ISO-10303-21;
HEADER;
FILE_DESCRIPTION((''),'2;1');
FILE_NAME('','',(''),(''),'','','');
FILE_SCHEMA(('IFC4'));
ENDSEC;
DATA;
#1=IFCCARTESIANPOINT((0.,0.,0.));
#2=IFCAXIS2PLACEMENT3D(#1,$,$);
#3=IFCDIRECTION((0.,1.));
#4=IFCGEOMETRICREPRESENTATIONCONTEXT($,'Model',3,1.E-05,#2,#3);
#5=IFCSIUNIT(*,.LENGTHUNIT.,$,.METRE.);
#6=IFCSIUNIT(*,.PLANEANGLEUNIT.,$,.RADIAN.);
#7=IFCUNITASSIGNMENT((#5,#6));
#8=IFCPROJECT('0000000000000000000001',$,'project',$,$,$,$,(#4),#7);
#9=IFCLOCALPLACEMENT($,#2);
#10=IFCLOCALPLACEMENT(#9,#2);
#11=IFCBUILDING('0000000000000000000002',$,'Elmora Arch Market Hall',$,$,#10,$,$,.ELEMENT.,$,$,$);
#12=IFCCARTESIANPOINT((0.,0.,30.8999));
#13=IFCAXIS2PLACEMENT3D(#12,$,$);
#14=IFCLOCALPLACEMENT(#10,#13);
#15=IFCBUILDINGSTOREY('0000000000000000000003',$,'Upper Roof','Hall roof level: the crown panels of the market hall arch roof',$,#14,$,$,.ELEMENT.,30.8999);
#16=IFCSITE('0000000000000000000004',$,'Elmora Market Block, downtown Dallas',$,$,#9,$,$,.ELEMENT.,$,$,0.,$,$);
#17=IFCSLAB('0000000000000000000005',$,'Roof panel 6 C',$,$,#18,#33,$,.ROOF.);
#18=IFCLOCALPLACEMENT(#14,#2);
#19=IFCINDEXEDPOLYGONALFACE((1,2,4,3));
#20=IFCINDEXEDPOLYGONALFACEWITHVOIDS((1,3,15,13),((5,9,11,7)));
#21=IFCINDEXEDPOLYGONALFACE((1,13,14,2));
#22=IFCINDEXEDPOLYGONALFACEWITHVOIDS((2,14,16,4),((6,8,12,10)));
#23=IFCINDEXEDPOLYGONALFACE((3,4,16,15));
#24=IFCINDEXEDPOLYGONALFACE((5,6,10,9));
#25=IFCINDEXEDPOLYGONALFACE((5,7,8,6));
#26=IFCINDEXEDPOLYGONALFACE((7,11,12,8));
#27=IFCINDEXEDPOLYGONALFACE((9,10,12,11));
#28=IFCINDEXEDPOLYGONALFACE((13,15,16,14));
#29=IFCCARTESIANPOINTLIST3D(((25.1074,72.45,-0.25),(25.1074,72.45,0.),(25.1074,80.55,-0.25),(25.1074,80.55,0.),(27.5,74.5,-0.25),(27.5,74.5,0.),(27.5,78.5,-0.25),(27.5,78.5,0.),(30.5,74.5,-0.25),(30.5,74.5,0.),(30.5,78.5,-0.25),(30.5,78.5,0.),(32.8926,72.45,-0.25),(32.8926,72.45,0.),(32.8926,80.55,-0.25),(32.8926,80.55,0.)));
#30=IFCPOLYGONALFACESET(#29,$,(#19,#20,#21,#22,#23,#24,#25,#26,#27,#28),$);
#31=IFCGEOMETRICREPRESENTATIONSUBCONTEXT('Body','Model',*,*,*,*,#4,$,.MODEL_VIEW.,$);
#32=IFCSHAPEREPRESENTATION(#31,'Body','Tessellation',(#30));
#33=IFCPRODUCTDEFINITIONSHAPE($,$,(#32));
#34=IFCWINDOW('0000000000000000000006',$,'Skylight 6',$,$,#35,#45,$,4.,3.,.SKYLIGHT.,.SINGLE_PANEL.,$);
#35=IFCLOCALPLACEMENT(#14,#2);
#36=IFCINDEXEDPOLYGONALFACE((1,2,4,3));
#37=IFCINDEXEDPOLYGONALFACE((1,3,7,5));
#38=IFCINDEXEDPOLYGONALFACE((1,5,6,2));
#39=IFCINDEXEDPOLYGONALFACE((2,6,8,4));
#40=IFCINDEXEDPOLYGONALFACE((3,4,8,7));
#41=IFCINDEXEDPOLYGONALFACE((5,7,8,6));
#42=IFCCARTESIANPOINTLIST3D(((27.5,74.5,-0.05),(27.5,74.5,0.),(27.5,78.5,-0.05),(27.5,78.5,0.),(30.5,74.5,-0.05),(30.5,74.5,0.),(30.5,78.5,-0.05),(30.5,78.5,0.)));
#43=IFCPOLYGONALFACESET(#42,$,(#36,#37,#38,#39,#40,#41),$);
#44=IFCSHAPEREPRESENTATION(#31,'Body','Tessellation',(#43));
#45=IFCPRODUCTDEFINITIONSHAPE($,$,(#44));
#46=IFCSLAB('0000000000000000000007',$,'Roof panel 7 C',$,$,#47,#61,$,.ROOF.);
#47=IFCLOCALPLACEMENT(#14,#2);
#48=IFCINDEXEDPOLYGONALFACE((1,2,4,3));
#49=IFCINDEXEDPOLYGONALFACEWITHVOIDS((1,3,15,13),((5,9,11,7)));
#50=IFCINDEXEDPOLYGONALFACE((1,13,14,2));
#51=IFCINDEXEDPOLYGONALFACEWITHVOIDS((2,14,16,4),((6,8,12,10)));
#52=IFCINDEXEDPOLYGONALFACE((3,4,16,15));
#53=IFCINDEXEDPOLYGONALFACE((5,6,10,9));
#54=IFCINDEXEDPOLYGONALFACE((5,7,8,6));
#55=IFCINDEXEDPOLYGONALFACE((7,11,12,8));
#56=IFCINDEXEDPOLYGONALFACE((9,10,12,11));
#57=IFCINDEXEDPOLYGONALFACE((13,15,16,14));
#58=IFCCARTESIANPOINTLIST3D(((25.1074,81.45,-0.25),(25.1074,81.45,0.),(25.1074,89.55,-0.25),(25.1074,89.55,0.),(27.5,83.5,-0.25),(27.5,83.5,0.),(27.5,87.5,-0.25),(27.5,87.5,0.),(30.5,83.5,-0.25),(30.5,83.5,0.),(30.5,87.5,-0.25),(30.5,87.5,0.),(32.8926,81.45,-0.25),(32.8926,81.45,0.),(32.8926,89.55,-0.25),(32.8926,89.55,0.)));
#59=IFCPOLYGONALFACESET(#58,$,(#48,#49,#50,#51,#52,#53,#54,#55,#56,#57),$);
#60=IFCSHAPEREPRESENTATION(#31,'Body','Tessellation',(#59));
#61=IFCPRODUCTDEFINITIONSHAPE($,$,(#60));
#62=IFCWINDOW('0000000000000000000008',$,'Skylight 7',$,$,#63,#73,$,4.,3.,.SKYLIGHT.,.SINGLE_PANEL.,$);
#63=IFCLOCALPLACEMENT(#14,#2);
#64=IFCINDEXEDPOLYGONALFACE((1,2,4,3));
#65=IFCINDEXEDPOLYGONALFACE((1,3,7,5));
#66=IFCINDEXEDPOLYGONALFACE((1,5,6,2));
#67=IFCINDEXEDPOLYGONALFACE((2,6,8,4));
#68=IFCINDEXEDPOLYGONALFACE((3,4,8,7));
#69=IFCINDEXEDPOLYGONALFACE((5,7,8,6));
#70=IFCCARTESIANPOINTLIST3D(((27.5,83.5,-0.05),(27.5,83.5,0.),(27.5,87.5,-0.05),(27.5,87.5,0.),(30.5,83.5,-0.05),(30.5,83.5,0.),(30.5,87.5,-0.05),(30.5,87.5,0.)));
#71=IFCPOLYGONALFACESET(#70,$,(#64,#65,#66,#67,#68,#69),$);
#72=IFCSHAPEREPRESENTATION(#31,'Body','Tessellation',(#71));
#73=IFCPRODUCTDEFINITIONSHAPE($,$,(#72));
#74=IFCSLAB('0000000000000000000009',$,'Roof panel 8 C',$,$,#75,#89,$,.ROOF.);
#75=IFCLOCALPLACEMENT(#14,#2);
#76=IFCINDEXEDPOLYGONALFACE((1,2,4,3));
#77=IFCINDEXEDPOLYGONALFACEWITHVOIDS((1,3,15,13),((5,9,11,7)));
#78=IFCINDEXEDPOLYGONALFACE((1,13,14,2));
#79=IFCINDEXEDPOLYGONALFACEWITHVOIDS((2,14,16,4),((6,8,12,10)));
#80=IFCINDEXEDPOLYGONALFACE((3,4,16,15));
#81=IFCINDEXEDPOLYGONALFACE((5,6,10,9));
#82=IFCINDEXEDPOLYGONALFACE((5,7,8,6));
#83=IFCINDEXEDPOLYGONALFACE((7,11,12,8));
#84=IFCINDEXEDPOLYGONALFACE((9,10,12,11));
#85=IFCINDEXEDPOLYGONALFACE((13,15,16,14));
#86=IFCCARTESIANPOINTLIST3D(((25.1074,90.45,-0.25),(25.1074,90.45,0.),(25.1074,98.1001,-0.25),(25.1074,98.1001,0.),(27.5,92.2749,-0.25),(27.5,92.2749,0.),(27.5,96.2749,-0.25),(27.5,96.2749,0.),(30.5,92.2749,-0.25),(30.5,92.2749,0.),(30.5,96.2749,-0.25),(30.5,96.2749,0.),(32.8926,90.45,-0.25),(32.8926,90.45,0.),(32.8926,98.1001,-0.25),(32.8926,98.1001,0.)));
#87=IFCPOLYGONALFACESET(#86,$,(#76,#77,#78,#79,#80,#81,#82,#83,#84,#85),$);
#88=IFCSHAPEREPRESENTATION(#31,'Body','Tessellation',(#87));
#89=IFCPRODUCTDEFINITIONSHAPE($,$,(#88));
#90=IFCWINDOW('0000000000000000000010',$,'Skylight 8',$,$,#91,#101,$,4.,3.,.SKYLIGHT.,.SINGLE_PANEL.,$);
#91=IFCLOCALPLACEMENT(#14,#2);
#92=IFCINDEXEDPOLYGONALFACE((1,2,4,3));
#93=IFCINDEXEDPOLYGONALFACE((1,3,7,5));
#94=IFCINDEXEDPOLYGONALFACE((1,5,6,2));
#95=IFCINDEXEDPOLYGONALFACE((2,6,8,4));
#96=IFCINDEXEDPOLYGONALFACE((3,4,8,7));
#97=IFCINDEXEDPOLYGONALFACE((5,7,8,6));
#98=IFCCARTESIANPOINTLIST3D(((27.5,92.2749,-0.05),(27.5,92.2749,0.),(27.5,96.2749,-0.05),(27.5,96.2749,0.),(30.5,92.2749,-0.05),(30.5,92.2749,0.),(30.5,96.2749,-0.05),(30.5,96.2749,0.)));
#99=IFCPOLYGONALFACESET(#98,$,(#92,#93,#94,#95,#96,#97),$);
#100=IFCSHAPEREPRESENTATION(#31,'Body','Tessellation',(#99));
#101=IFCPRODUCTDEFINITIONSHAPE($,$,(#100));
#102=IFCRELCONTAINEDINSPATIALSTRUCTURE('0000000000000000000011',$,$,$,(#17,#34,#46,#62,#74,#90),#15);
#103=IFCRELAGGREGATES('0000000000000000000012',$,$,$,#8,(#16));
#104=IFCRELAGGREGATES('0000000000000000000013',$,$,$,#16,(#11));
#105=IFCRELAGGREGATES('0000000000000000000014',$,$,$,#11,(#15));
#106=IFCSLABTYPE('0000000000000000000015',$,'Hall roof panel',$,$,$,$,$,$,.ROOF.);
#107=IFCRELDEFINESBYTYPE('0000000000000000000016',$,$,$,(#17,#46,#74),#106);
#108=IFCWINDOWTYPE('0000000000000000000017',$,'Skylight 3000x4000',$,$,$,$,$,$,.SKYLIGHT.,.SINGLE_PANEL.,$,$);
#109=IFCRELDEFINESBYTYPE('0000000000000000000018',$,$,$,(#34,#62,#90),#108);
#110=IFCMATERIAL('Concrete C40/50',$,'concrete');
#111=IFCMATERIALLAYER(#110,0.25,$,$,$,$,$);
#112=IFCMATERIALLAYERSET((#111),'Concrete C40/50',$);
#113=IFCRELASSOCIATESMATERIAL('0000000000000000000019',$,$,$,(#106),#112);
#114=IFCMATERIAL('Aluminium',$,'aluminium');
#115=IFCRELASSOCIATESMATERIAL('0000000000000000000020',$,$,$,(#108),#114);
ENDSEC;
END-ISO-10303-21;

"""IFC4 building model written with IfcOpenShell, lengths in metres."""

from ifc_helpers import new_model, si_unit, direction, frame, origin, origin_2d, place, context, subcontext, project, spatial, polyline, rectangle, outline, extrude, material, layer, layer_set, type_object, element, fill, save


model = new_model("IFC4")

# Units and contexts
model_context = context("Model", 3, precision=1e-05, world=origin(), true_north=direction((0.0, 1.0)))
body_context = subcontext(model_context, "Body", "Model", "MODEL_VIEW")
ifc_project = project(units=[si_unit("LENGTHUNIT", "METRE"), si_unit("PLANEANGLEUNIT", "RADIAN")], contexts=[model_context])

# Site, building, storey
site_placement = place(None, origin())
site = spatial("IfcSite", under=ifc_project, at=site_placement, Name="Elmora Market Block, downtown Dallas", CompositionType="ELEMENT", RefElevation=0.0)
building_placement = place(site_placement, origin())
building = spatial("IfcBuilding", under=site, at=building_placement, Name="Elmora Arch Market Hall", CompositionType="ELEMENT")
storey_placement = place(building_placement, frame((0.0, 0.0, 30.8999)))
storey = spatial("IfcBuildingStorey", under=building, at=storey_placement, Name="Upper Roof", Description="Hall roof level: the crown panels of the market hall arch roof", CompositionType="ELEMENT", Elevation=30.8999)

# Slabs, openings, windows
ifc_material_1 = material(Name="Concrete C40/50", Category="concrete")
ifc_layer = layer(ifc_material_1, 0.25)
ifc_layer_set = layer_set([ifc_layer], Name="Concrete C40/50")
slab_type = type_object("IfcSlabType", Name="Hall roof panel", PredefinedType="ROOF", material=ifc_layer_set)
ifc_material_2 = material(Name="Aluminium", Category="aluminium")
window_type = type_object("IfcWindowType", Name="Skylight 3000x4000", PartitioningType="SINGLE_PANEL", PredefinedType="SKYLIGHT", material=ifc_material_2)
slab_1_placement = place(storey_placement, frame((0.0, 0.0, -0.25)))
slab_1 = element("IfcSlab", 1, at=slab_1_placement, inside=storey, type_object=slab_type, Name="Roof panel 6 C", PredefinedType="ROOF", context=body_context, shape_type="SweptSolid", body=[
    extrude(outline(polyline([(25.1074, 72.45), (32.8926, 72.45), (32.8926, 80.55), (25.1074, 80.55), (25.1074, 72.45)])), origin(), (0.0, 0.0, 1.0), 0.25),
])
opening_1_placement = place(slab_1_placement, frame((29.0, 76.5, 0.0)))
opening_1 = element("IfcOpeningElement", 2, at=opening_1_placement, cuts=slab_1, PredefinedType="OPENING", context=body_context, shape_type="SweptSolid", body=[
    extrude(rectangle(XDim=3.0, YDim=4.0, at=origin_2d()), origin(), (0.0, 0.0, 1.0), 0.25),
])
window_1_placement = place(opening_1_placement, frame((0.0, 0.0, 0.2)))
window_1 = element("IfcWindow", 3, at=window_1_placement, inside=storey, type_object=window_type, Name="Skylight 6", OverallHeight=4.0, OverallWidth=3.0, PartitioningType="SINGLE_PANEL", PredefinedType="SKYLIGHT", context=body_context, shape_type="SweptSolid", body=[
    extrude(rectangle(XDim=3.0, YDim=4.0, at=origin_2d()), origin(), (0.0, 0.0, 1.0), 0.05),
])
fill(opening_1, window_1)
slab_2_placement = place(storey_placement, frame((0.0, 0.0, -0.25)))
slab_2 = element("IfcSlab", 4, at=slab_2_placement, inside=storey, type_object=slab_type, Name="Roof panel 7 C", PredefinedType="ROOF", context=body_context, shape_type="SweptSolid", body=[
    extrude(outline(polyline([(25.1074, 81.45), (32.8926, 81.45), (32.8926, 89.55), (25.1074, 89.55), (25.1074, 81.45)])), origin(), (0.0, 0.0, 1.0), 0.25),
])
opening_2_placement = place(slab_2_placement, frame((29.0, 85.5, 0.0)))
opening_2 = element("IfcOpeningElement", 5, at=opening_2_placement, cuts=slab_2, PredefinedType="OPENING", context=body_context, shape_type="SweptSolid", body=[
    extrude(rectangle(XDim=3.0, YDim=4.0, at=origin_2d()), origin(), (0.0, 0.0, 1.0), 0.25),
])
window_2_placement = place(opening_2_placement, frame((0.0, 0.0, 0.2)))
window_2 = element("IfcWindow", 6, at=window_2_placement, inside=storey, type_object=window_type, Name="Skylight 7", OverallHeight=4.0, OverallWidth=3.0, PartitioningType="SINGLE_PANEL", PredefinedType="SKYLIGHT", context=body_context, shape_type="SweptSolid", body=[
    extrude(rectangle(XDim=3.0, YDim=4.0, at=origin_2d()), origin(), (0.0, 0.0, 1.0), 0.05),
])
fill(opening_2, window_2)
slab_3_placement = place(storey_placement, frame((0.0, 0.0, -0.25)))
slab_3 = element("IfcSlab", 7, at=slab_3_placement, inside=storey, type_object=slab_type, Name="Roof panel 8 C", PredefinedType="ROOF", context=body_context, shape_type="SweptSolid", body=[
    extrude(outline(polyline([(25.1074, 90.45), (32.8926, 90.45), (32.8926, 98.1001), (25.1074, 98.1001), (25.1074, 90.45)])), origin(), (0.0, 0.0, 1.0), 0.25),
])
opening_3_placement = place(slab_3_placement, frame((29.0, 94.2749, 0.0)))
opening_3 = element("IfcOpeningElement", 8, at=opening_3_placement, cuts=slab_3, PredefinedType="OPENING", context=body_context, shape_type="SweptSolid", body=[
    extrude(rectangle(XDim=3.0, YDim=4.0, at=origin_2d()), origin(), (0.0, 0.0, 1.0), 0.25),
])
window_3_placement = place(opening_3_placement, frame((0.0, 0.0, 0.2)))
window_3 = element("IfcWindow", 9, at=window_3_placement, inside=storey, type_object=window_type, Name="Skylight 8", OverallHeight=4.0, OverallWidth=3.0, PartitioningType="SINGLE_PANEL", PredefinedType="SKYLIGHT", context=body_context, shape_type="SweptSolid", body=[
    extrude(rectangle(XDim=3.0, YDim=4.0, at=origin_2d()), origin(), (0.0, 0.0, 1.0), 0.05),
])
fill(opening_3, window_3)

save(model, "model.ifc")
